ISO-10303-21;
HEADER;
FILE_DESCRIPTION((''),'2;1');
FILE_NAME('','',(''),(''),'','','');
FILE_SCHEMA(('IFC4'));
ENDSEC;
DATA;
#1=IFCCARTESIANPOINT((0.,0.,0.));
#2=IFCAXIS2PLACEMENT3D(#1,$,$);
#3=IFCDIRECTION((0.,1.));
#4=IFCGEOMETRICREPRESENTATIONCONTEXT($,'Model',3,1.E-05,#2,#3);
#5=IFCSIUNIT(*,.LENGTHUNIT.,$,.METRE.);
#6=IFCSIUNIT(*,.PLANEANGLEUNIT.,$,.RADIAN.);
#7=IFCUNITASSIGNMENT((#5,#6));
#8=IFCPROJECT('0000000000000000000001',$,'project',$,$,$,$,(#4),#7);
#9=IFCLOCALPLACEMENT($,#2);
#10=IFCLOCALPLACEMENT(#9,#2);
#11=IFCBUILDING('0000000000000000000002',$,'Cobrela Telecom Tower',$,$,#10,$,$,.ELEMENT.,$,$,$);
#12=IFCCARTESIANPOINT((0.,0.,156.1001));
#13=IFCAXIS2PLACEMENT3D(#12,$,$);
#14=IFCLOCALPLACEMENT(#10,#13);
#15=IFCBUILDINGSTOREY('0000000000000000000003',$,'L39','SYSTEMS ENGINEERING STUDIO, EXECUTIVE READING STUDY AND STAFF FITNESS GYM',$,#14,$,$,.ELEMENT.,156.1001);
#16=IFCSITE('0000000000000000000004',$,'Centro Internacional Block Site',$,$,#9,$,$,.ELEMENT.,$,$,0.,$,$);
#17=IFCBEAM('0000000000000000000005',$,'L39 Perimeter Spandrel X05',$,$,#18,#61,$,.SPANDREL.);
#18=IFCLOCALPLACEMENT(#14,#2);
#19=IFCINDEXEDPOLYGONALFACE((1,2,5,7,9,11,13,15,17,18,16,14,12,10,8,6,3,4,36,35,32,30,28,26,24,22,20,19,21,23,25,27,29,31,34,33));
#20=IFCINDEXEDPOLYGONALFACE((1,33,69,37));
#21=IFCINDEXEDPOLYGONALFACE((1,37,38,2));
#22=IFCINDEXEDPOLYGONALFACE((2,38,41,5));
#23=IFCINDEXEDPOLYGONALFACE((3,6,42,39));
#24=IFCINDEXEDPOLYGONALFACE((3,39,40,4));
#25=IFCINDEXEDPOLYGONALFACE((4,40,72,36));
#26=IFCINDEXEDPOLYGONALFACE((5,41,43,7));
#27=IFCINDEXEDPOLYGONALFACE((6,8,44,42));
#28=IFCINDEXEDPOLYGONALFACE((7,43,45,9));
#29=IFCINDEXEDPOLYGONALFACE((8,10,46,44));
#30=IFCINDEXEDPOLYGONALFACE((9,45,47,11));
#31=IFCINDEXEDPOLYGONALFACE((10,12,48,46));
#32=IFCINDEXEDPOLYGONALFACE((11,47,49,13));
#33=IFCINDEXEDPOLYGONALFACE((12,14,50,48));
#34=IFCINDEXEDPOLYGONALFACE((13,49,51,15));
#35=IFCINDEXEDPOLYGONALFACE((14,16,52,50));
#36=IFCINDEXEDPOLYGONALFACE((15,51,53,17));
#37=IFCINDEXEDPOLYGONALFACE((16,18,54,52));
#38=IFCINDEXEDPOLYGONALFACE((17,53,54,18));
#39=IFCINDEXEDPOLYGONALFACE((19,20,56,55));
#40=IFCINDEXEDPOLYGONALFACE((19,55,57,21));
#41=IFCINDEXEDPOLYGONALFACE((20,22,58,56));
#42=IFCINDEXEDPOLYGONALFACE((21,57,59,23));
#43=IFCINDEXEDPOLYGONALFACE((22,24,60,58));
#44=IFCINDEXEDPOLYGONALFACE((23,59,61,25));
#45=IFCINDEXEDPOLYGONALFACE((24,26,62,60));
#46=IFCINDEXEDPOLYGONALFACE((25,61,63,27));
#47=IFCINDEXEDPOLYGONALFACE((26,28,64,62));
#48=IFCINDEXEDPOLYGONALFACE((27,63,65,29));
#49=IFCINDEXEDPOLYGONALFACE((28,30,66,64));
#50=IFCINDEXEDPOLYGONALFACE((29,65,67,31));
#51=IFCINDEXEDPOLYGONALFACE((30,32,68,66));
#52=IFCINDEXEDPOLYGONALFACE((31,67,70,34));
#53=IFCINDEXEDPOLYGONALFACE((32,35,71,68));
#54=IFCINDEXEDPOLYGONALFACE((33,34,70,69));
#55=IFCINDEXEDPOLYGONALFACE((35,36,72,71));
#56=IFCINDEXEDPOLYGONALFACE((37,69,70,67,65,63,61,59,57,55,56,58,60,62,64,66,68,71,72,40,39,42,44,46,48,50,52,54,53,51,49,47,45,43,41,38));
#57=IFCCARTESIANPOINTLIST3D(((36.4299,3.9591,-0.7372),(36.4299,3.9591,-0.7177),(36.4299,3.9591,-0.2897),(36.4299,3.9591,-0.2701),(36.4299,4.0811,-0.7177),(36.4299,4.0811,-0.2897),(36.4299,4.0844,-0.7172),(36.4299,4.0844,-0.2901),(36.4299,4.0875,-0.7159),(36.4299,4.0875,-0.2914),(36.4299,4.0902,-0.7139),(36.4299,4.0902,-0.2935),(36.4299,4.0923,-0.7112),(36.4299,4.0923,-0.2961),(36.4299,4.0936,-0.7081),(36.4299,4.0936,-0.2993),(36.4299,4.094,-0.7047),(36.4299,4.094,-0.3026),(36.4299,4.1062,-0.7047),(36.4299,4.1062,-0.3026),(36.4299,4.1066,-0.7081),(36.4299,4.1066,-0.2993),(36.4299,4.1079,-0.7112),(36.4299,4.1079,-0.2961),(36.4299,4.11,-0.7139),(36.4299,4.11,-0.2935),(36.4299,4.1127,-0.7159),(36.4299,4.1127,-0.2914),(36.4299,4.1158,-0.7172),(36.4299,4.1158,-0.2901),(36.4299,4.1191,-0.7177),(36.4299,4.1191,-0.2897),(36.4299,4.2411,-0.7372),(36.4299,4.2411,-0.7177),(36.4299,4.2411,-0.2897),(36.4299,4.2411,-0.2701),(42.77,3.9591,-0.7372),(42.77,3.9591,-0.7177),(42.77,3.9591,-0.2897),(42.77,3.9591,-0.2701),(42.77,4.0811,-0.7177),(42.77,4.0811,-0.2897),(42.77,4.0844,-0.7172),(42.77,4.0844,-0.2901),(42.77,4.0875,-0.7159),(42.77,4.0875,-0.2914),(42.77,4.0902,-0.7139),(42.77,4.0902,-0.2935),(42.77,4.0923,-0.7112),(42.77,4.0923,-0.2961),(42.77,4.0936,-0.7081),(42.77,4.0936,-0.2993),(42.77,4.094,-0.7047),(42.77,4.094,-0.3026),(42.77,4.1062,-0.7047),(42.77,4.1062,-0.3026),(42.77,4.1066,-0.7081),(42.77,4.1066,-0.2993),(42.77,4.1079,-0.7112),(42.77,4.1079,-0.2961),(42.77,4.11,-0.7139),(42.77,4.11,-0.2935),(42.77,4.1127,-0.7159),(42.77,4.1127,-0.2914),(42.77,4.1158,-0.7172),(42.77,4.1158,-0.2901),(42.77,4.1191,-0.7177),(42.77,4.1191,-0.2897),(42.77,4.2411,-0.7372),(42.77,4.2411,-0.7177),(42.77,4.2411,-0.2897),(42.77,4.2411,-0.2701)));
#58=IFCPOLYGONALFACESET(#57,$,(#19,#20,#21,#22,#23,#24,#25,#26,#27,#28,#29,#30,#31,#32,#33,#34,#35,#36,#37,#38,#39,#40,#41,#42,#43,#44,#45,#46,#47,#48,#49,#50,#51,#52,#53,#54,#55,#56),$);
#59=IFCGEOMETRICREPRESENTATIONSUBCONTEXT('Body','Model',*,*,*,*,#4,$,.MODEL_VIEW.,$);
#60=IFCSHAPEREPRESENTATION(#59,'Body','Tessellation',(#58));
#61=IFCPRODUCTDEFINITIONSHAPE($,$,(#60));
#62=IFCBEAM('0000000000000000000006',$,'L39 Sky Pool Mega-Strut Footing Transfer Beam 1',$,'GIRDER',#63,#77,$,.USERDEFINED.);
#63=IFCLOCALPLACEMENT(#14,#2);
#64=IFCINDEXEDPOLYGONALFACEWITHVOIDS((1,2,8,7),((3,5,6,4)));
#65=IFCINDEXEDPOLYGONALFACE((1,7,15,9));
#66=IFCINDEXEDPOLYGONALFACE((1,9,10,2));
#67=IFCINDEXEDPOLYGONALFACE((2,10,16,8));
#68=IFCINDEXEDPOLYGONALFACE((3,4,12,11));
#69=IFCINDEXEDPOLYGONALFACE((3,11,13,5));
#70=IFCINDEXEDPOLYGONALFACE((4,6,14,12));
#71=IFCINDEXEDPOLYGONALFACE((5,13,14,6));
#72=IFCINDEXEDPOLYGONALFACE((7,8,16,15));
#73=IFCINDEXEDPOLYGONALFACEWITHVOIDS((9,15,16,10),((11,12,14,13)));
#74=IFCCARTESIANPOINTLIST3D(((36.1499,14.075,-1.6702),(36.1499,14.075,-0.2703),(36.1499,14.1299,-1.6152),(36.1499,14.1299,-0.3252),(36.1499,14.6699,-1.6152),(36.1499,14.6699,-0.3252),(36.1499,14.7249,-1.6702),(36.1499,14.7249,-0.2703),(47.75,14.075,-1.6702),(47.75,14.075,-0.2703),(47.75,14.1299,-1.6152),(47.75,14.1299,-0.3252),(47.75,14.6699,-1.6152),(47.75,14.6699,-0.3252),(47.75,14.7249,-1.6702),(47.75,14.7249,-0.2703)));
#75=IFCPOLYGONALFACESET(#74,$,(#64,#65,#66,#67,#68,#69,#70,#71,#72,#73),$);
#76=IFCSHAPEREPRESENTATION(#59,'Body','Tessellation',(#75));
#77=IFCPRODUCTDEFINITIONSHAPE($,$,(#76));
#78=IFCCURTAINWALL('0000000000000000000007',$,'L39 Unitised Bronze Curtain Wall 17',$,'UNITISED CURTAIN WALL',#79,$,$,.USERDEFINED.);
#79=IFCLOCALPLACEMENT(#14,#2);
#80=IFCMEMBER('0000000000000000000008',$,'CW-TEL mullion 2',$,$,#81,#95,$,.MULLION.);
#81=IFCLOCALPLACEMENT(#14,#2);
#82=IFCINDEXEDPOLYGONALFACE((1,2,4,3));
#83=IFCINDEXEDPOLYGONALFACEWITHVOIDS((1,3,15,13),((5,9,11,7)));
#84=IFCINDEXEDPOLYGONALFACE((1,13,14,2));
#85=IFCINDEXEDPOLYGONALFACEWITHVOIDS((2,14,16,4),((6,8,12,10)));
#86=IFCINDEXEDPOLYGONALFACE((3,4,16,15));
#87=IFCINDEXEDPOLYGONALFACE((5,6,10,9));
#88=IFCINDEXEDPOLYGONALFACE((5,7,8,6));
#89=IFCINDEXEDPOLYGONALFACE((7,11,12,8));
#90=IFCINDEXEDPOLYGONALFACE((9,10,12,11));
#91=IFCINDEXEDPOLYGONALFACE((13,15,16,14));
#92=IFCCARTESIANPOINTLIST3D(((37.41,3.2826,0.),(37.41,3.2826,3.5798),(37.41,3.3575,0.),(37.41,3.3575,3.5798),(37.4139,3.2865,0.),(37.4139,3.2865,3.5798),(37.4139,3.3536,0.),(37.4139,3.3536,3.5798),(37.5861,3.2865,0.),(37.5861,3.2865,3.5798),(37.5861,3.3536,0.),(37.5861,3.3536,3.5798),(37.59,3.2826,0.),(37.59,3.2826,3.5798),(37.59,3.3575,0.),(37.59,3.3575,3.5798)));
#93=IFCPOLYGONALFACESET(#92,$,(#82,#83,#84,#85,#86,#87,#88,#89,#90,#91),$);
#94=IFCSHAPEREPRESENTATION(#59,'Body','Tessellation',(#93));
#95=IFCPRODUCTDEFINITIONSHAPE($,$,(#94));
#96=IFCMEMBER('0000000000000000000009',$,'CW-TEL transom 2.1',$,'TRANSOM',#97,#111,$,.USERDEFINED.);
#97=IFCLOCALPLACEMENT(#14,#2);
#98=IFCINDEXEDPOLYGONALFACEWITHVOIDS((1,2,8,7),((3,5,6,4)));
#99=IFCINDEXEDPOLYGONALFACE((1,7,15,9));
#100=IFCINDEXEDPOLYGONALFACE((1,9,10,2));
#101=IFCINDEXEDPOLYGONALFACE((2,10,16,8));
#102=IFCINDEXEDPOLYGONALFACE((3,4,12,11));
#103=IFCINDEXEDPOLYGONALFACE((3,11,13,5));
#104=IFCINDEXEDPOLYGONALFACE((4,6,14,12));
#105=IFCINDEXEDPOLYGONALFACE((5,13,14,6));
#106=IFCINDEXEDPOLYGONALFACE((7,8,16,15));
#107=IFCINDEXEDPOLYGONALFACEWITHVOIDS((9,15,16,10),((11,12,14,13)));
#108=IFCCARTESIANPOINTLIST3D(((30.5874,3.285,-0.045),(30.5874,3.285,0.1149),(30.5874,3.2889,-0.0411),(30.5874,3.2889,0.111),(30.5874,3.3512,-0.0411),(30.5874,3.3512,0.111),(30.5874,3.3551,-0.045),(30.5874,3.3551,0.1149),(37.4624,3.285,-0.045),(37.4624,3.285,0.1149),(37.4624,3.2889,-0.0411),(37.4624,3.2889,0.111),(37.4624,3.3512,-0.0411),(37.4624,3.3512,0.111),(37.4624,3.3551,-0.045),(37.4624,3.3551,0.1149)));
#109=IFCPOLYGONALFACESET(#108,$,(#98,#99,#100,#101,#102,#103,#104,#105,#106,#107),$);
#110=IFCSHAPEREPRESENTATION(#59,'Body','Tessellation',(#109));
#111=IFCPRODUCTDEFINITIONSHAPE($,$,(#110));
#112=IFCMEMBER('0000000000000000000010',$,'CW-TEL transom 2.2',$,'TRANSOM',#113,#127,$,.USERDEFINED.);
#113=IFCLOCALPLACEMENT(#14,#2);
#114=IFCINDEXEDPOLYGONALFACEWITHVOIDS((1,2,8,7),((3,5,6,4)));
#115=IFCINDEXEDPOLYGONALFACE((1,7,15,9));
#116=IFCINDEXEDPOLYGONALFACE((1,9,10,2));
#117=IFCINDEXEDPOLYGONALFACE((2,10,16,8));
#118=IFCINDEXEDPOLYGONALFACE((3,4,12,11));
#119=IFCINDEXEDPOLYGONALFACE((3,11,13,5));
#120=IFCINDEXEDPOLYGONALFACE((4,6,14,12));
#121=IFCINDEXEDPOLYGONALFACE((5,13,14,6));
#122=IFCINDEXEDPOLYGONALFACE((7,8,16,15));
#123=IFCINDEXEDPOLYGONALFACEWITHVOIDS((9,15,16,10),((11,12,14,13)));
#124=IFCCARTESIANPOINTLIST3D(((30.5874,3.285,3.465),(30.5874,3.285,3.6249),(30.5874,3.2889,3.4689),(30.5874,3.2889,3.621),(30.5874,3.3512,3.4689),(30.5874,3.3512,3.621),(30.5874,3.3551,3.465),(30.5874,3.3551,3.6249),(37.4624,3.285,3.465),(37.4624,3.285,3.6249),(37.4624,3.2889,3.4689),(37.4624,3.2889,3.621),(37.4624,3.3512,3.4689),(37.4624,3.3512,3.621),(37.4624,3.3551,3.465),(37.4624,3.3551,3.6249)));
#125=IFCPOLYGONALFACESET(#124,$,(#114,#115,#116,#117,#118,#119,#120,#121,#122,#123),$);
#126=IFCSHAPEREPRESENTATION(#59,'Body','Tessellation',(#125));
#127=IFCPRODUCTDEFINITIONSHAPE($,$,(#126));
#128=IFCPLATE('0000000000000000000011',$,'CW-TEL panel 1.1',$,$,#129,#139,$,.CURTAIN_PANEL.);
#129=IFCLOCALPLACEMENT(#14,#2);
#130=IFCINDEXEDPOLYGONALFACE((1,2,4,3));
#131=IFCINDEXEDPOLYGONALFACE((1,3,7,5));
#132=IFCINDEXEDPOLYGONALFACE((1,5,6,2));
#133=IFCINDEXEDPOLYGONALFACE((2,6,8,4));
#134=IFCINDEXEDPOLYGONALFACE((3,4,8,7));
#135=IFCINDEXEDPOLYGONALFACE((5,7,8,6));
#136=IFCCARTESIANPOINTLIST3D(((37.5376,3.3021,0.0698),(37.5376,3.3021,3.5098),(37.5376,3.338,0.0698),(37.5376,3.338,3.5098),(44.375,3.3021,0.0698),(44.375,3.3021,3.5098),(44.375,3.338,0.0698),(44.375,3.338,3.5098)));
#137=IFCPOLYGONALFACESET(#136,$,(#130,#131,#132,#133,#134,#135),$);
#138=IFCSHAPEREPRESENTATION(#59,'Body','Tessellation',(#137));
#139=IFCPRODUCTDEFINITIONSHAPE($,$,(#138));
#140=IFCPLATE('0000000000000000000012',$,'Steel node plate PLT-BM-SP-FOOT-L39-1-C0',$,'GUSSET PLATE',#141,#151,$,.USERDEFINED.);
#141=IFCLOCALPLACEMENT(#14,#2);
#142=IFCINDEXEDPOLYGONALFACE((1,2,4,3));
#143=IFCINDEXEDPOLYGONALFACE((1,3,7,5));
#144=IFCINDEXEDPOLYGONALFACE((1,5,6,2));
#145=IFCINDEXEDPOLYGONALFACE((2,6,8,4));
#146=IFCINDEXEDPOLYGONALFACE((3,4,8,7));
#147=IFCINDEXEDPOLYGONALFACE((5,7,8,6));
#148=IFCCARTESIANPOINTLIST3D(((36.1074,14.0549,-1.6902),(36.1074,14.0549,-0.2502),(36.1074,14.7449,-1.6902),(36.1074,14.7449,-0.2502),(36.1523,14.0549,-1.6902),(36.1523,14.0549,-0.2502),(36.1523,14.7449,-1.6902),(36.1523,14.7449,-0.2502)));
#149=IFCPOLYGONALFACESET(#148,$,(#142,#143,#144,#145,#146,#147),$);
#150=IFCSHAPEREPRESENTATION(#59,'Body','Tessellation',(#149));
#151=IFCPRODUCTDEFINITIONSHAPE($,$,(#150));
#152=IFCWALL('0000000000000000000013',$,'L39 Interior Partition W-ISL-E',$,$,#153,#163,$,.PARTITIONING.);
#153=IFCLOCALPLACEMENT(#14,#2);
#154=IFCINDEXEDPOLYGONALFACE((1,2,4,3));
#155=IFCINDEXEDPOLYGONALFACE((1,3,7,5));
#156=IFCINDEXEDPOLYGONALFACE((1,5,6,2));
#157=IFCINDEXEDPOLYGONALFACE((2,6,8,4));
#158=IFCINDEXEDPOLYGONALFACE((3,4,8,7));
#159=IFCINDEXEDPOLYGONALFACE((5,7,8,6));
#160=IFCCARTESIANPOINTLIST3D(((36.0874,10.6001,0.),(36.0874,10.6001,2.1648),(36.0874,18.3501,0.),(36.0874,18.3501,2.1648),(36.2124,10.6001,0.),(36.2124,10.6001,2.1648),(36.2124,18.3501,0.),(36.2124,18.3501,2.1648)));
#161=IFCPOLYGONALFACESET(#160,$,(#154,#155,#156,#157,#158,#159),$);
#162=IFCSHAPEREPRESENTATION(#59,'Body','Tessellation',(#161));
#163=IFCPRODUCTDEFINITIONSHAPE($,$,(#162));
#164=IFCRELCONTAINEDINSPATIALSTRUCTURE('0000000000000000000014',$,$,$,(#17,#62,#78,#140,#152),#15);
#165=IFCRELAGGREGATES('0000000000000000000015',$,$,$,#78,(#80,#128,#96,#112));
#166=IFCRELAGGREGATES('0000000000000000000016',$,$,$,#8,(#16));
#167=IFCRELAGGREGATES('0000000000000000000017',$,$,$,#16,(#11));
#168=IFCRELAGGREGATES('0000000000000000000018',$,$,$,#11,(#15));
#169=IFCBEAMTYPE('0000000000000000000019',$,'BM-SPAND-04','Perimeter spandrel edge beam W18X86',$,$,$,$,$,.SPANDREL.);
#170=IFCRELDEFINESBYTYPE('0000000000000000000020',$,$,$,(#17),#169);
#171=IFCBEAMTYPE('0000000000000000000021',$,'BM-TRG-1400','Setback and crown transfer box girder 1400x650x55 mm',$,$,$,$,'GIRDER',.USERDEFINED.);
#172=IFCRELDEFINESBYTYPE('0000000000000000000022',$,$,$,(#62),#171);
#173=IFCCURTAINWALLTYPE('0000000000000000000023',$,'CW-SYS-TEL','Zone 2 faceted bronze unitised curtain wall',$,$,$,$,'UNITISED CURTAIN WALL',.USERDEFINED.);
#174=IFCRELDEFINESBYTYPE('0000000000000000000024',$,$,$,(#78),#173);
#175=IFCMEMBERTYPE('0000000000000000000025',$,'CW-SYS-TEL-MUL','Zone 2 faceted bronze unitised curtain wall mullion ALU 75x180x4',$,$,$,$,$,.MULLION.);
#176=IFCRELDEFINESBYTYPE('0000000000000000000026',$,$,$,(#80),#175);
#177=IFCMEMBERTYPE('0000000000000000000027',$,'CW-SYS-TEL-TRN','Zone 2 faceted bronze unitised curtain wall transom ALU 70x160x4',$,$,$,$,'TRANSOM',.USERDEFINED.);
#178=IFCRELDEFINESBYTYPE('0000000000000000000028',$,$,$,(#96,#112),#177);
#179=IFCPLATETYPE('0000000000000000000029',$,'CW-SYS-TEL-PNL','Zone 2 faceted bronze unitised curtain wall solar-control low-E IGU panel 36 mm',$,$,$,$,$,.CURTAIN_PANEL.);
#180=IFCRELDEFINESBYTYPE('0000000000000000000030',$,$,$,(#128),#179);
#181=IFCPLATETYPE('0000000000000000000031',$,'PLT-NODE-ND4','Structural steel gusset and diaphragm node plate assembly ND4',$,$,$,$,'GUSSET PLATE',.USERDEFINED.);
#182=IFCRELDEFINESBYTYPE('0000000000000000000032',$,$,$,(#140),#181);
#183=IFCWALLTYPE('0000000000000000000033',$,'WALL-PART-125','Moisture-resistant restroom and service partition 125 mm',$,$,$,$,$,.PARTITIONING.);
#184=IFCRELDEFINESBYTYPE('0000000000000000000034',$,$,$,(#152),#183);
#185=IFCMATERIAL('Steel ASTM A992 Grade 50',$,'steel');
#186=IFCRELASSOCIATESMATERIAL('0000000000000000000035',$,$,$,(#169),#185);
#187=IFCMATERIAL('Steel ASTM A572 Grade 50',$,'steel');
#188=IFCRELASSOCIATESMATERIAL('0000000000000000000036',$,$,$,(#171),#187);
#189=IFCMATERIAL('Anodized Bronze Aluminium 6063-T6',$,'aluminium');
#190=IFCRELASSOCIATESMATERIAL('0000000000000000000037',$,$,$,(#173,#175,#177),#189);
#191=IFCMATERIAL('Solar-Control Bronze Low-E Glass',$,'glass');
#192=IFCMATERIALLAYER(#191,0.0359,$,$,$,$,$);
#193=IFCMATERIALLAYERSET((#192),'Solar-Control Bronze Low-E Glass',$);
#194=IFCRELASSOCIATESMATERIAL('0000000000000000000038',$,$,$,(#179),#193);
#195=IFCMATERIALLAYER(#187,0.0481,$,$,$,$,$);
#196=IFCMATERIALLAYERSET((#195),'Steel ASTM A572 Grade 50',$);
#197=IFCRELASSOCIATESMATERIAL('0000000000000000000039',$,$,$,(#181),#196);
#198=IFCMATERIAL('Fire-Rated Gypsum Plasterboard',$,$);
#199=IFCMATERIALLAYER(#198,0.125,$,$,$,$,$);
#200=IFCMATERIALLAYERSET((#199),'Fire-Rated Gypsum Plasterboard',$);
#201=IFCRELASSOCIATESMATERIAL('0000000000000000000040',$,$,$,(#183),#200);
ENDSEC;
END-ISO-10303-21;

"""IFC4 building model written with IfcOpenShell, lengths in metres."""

from ifc_helpers import new_model, si_unit, direction, frame, frame_2d, origin, origin_2d, place, context, subcontext, project, spatial, rectangle, hollow_rectangle, i_section, extrude, material, layer, layer_set, material_profile, profile_set, type_object, element, aggregate, save


model = new_model("IFC4")

# Units and contexts
model_context = context("Model", 3, precision=1e-05, world=origin(), true_north=direction((0.0, 1.0)))
body_context = subcontext(model_context, "Body", "Model", "MODEL_VIEW")
ifc_project = project(units=[si_unit("LENGTHUNIT", "METRE"), si_unit("PLANEANGLEUNIT", "RADIAN")], contexts=[model_context])

# Site, building, storey
site_placement = place(None, origin())
site = spatial("IfcSite", under=ifc_project, at=site_placement, Name="Centro Internacional Block Site", CompositionType="ELEMENT", RefElevation=0.0)
building_placement = place(site_placement, origin())
building = spatial("IfcBuilding", under=site, at=building_placement, Name="Cobrela Telecom Tower", CompositionType="ELEMENT")
storey_placement = place(building_placement, frame((0.0, 0.0, 156.1001)))
storey = spatial("IfcBuildingStorey", under=building, at=storey_placement, Name="L39", Description="SYSTEMS ENGINEERING STUDIO, EXECUTIVE READING STUDY AND STAFF FITNESS GYM", CompositionType="ELEMENT", Elevation=156.1001)

# Shared definitions
ifc_material_1 = material(Name="Steel ASTM A992 Grade 50", Category="steel")
ifc_material_2 = material(Name="Steel ASTM A572 Grade 50", Category="steel")

# Beams
ifc_material_profile_1 = material_profile(ifc_material_1, i_section(OverallWidth=0.282, OverallDepth=0.467, WebThickness=0.0122, FlangeThickness=0.0195, FilletRadius=0.0129, at=origin_2d()), Name="W18X86")
ifc_profile_set_1 = profile_set([ifc_material_profile_1], Name="Steel ASTM A992 Grade 50")
beam_type_1 = type_object("IfcBeamType", Name="BM-SPAND-04", Description="Perimeter spandrel edge beam W18X86", PredefinedType="SPANDREL", material=ifc_profile_set_1)
beam_1_placement = place(storey_placement, frame((36.4299, 4.1001, -0.5037), z_axis=(1.0, 0.0, 0.0), x_axis=(0.0, 1.0, 0.0)))
element("IfcBeam", 1, at=beam_1_placement, inside=storey, type_object=beam_type_1, Name="L39 Perimeter Spandrel X05", PredefinedType="SPANDREL", context=body_context, shape_type="SweptSolid", body=[
    extrude(i_section(OverallWidth=0.282, OverallDepth=0.467, WebThickness=0.0122, FlangeThickness=0.0195, FilletRadius=0.0129, at=origin_2d()), origin(), (0.0, 0.0, 1.0), 6.3401),
])
ifc_material_profile_2 = material_profile(ifc_material_2, hollow_rectangle(XDim=0.6499, YDim=1.3999, WallThickness=0.0549, at=origin_2d()), Name="BOX 1400x650x55")
ifc_profile_set_2 = profile_set([ifc_material_profile_2], Name="Steel ASTM A572 Grade 50")
beam_type_2 = type_object("IfcBeamType", Name="BM-TRG-1400", Description="Setback and crown transfer box girder 1400x650x55 mm", ElementType="GIRDER", PredefinedType="USERDEFINED", material=ifc_profile_set_2)
beam_2_placement = place(storey_placement, frame((36.1499, 14.3999, -0.9702), z_axis=(1.0, 0.0, 0.0), x_axis=(0.0, 1.0, 0.0)))
element("IfcBeam", 2, at=beam_2_placement, inside=storey, type_object=beam_type_2, Name="L39 Sky Pool Mega-Strut Footing Transfer Beam 1", ObjectType="GIRDER", PredefinedType="USERDEFINED", context=body_context, shape_type="SweptSolid", body=[
    extrude(hollow_rectangle(XDim=0.6499, YDim=1.3999, WallThickness=0.0549, at=origin_2d()), origin(), (0.0, 0.0, 1.0), 11.6001),
])

# Curtain wall, members, plate
ifc_material_3 = material(Name="Anodized Bronze Aluminium 6063-T6", Category="aluminium")
curtain_wall_type = type_object("IfcCurtainWallType", Name="CW-SYS-TEL", Description="Zone 2 faceted bronze unitised curtain wall", ElementType="UNITISED CURTAIN WALL", PredefinedType="USERDEFINED", material=ifc_material_3)
curtain_wall_placement = place(storey_placement, origin())
curtain_wall = element("IfcCurtainWall", 3, at=curtain_wall_placement, inside=storey, type_object=curtain_wall_type, Name="L39 Unitised Bronze Curtain Wall 17", ObjectType="UNITISED CURTAIN WALL", PredefinedType="USERDEFINED")
ifc_material_profile_3 = material_profile(ifc_material_3, hollow_rectangle(XDim=0.075, YDim=0.1799, WallThickness=0.0039, at=origin_2d()), Name="ALU 75x180x4")
ifc_profile_set_3 = profile_set([ifc_material_profile_3], Name="Anodized Bronze Aluminium 6063-T6")
member_type_1 = type_object("IfcMemberType", Name="CW-SYS-TEL-MUL", Description="Zone 2 faceted bronze unitised curtain wall mullion ALU 75x180x4", PredefinedType="MULLION", material=ifc_profile_set_3)
member_1_placement = place(storey_placement, frame((37.5, 3.3201, 0.0), z_axis=(0.0, 0.0, 1.0), x_axis=(0.0, -1.0, 0.0)))
member_1 = element("IfcMember", 4, at=member_1_placement, type_object=member_type_1, Name="CW-TEL mullion 2", PredefinedType="MULLION", context=body_context, shape_type="SweptSolid", body=[
    extrude(hollow_rectangle(XDim=0.075, YDim=0.1799, WallThickness=0.0039, at=origin_2d()), origin(), (0.0, 0.0, 1.0), 3.5798),
])
ifc_material_profile_4 = material_profile(ifc_material_3, hollow_rectangle(XDim=0.0701, YDim=0.1599, WallThickness=0.0039, at=origin_2d()), Name="ALU 70x160x4")
ifc_profile_set_4 = profile_set([ifc_material_profile_4], Name="Anodized Bronze Aluminium 6063-T6")
member_type_2 = type_object("IfcMemberType", Name="CW-SYS-TEL-TRN", Description="Zone 2 faceted bronze unitised curtain wall transom ALU 70x160x4", ElementType="TRANSOM", PredefinedType="USERDEFINED", material=ifc_profile_set_4)
member_2_placement = place(storey_placement, frame((37.4624, 3.3201, 0.0349), z_axis=(-1.0, 0.0, 0.0), x_axis=(0.0, -1.0, 0.0)))
member_2 = element("IfcMember", 5, at=member_2_placement, type_object=member_type_2, Name="CW-TEL transom 2.1", ObjectType="TRANSOM", PredefinedType="USERDEFINED", context=body_context, shape_type="SweptSolid", body=[
    extrude(hollow_rectangle(XDim=0.0701, YDim=0.1599, WallThickness=0.0039, at=origin_2d()), origin(), (0.0, 0.0, 1.0), 6.875),
])
member_3_placement = place(storey_placement, frame((37.4624, 3.3201, 3.5449), z_axis=(-1.0, 0.0, 0.0), x_axis=(0.0, -1.0, 0.0)))
member_3 = element("IfcMember", 6, at=member_3_placement, type_object=member_type_2, Name="CW-TEL transom 2.2", ObjectType="TRANSOM", PredefinedType="USERDEFINED", context=body_context, shape_type="SweptSolid", body=[
    extrude(hollow_rectangle(XDim=0.0701, YDim=0.1599, WallThickness=0.0039, at=origin_2d()), origin(), (0.0, 0.0, 1.0), 6.875),
])
ifc_material_4 = material(Name="Solar-Control Bronze Low-E Glass", Category="glass")
ifc_layer_1 = layer(ifc_material_4, 0.0359)
ifc_layer_set_1 = layer_set([ifc_layer_1], Name="Solar-Control Bronze Low-E Glass")
plate_type_1 = type_object("IfcPlateType", Name="CW-SYS-TEL-PNL", Description="Zone 2 faceted bronze unitised curtain wall solar-control low-E IGU panel 36 mm", PredefinedType="CURTAIN_PANEL", material=ifc_layer_set_1)
plate_1_placement = place(storey_placement, frame((40.9563, 3.3201, 0.0698), z_axis=(0.0, 0.0, 1.0), x_axis=(-1.0, 0.0, 0.0)))
plate_1 = element("IfcPlate", 7, at=plate_1_placement, type_object=plate_type_1, Name="CW-TEL panel 1.1", PredefinedType="CURTAIN_PANEL", context=body_context, shape_type="SweptSolid", body=[
    extrude(rectangle(XDim=6.8374, YDim=0.0359, at=origin_2d()), origin(), (0.0, 0.0, 1.0), 3.4399),
])
aggregate(curtain_wall, [member_1, plate_1, member_2, member_3])

# Plate
ifc_layer_2 = layer(ifc_material_2, 0.0481)
ifc_layer_set_2 = layer_set([ifc_layer_2], Name="Steel ASTM A572 Grade 50")
plate_type_2 = type_object("IfcPlateType", Name="PLT-NODE-ND4", Description="Structural steel gusset and diaphragm node plate assembly ND4", ElementType="GUSSET PLATE", PredefinedType="USERDEFINED", material=ifc_layer_set_2)
plate_2_placement = place(storey_placement, frame((36.1299, 14.3999, -1.6902), z_axis=(0.0, 0.0, 1.0), x_axis=(1.0, 0.0, 0.0)))
element("IfcPlate", 8, at=plate_2_placement, inside=storey, type_object=plate_type_2, Name="Steel node plate PLT-BM-SP-FOOT-L39-1-C0", ObjectType="GUSSET PLATE", PredefinedType="USERDEFINED", context=body_context, shape_type="SweptSolid", body=[
    extrude(rectangle(XDim=0.0449, YDim=0.6899, at=origin_2d()), origin(), (0.0, 0.0, 1.0), 1.4399),
])

# Wall
ifc_material_5 = material(Name="Fire-Rated Gypsum Plasterboard")
ifc_layer_3 = layer(ifc_material_5, 0.125)
ifc_layer_set_3 = layer_set([ifc_layer_3], Name="Fire-Rated Gypsum Plasterboard")
wall_type_1 = type_object("IfcWallType", Name="WALL-PART-125", Description="Moisture-resistant restroom and service partition 125 mm", PredefinedType="PARTITIONING", material=ifc_layer_set_3)
wall_1_placement = place(storey_placement, frame((36.1499, 10.6001, 0.0), z_axis=(0.0, 0.0, 1.0), x_axis=(0.0, 1.0, 0.0)))
element("IfcWall", 9, at=wall_1_placement, inside=storey, type_object=wall_type_1, Name="L39 Interior Partition W-ISL-E", PredefinedType="PARTITIONING", context=body_context, shape_type="SweptSolid", body=[
    extrude(rectangle(XDim=7.75, YDim=0.125, at=frame_2d((3.875, 0.0))), origin(), (0.0, 0.0, 1.0), 2.1648),
])

save(model, "model.ifc")
